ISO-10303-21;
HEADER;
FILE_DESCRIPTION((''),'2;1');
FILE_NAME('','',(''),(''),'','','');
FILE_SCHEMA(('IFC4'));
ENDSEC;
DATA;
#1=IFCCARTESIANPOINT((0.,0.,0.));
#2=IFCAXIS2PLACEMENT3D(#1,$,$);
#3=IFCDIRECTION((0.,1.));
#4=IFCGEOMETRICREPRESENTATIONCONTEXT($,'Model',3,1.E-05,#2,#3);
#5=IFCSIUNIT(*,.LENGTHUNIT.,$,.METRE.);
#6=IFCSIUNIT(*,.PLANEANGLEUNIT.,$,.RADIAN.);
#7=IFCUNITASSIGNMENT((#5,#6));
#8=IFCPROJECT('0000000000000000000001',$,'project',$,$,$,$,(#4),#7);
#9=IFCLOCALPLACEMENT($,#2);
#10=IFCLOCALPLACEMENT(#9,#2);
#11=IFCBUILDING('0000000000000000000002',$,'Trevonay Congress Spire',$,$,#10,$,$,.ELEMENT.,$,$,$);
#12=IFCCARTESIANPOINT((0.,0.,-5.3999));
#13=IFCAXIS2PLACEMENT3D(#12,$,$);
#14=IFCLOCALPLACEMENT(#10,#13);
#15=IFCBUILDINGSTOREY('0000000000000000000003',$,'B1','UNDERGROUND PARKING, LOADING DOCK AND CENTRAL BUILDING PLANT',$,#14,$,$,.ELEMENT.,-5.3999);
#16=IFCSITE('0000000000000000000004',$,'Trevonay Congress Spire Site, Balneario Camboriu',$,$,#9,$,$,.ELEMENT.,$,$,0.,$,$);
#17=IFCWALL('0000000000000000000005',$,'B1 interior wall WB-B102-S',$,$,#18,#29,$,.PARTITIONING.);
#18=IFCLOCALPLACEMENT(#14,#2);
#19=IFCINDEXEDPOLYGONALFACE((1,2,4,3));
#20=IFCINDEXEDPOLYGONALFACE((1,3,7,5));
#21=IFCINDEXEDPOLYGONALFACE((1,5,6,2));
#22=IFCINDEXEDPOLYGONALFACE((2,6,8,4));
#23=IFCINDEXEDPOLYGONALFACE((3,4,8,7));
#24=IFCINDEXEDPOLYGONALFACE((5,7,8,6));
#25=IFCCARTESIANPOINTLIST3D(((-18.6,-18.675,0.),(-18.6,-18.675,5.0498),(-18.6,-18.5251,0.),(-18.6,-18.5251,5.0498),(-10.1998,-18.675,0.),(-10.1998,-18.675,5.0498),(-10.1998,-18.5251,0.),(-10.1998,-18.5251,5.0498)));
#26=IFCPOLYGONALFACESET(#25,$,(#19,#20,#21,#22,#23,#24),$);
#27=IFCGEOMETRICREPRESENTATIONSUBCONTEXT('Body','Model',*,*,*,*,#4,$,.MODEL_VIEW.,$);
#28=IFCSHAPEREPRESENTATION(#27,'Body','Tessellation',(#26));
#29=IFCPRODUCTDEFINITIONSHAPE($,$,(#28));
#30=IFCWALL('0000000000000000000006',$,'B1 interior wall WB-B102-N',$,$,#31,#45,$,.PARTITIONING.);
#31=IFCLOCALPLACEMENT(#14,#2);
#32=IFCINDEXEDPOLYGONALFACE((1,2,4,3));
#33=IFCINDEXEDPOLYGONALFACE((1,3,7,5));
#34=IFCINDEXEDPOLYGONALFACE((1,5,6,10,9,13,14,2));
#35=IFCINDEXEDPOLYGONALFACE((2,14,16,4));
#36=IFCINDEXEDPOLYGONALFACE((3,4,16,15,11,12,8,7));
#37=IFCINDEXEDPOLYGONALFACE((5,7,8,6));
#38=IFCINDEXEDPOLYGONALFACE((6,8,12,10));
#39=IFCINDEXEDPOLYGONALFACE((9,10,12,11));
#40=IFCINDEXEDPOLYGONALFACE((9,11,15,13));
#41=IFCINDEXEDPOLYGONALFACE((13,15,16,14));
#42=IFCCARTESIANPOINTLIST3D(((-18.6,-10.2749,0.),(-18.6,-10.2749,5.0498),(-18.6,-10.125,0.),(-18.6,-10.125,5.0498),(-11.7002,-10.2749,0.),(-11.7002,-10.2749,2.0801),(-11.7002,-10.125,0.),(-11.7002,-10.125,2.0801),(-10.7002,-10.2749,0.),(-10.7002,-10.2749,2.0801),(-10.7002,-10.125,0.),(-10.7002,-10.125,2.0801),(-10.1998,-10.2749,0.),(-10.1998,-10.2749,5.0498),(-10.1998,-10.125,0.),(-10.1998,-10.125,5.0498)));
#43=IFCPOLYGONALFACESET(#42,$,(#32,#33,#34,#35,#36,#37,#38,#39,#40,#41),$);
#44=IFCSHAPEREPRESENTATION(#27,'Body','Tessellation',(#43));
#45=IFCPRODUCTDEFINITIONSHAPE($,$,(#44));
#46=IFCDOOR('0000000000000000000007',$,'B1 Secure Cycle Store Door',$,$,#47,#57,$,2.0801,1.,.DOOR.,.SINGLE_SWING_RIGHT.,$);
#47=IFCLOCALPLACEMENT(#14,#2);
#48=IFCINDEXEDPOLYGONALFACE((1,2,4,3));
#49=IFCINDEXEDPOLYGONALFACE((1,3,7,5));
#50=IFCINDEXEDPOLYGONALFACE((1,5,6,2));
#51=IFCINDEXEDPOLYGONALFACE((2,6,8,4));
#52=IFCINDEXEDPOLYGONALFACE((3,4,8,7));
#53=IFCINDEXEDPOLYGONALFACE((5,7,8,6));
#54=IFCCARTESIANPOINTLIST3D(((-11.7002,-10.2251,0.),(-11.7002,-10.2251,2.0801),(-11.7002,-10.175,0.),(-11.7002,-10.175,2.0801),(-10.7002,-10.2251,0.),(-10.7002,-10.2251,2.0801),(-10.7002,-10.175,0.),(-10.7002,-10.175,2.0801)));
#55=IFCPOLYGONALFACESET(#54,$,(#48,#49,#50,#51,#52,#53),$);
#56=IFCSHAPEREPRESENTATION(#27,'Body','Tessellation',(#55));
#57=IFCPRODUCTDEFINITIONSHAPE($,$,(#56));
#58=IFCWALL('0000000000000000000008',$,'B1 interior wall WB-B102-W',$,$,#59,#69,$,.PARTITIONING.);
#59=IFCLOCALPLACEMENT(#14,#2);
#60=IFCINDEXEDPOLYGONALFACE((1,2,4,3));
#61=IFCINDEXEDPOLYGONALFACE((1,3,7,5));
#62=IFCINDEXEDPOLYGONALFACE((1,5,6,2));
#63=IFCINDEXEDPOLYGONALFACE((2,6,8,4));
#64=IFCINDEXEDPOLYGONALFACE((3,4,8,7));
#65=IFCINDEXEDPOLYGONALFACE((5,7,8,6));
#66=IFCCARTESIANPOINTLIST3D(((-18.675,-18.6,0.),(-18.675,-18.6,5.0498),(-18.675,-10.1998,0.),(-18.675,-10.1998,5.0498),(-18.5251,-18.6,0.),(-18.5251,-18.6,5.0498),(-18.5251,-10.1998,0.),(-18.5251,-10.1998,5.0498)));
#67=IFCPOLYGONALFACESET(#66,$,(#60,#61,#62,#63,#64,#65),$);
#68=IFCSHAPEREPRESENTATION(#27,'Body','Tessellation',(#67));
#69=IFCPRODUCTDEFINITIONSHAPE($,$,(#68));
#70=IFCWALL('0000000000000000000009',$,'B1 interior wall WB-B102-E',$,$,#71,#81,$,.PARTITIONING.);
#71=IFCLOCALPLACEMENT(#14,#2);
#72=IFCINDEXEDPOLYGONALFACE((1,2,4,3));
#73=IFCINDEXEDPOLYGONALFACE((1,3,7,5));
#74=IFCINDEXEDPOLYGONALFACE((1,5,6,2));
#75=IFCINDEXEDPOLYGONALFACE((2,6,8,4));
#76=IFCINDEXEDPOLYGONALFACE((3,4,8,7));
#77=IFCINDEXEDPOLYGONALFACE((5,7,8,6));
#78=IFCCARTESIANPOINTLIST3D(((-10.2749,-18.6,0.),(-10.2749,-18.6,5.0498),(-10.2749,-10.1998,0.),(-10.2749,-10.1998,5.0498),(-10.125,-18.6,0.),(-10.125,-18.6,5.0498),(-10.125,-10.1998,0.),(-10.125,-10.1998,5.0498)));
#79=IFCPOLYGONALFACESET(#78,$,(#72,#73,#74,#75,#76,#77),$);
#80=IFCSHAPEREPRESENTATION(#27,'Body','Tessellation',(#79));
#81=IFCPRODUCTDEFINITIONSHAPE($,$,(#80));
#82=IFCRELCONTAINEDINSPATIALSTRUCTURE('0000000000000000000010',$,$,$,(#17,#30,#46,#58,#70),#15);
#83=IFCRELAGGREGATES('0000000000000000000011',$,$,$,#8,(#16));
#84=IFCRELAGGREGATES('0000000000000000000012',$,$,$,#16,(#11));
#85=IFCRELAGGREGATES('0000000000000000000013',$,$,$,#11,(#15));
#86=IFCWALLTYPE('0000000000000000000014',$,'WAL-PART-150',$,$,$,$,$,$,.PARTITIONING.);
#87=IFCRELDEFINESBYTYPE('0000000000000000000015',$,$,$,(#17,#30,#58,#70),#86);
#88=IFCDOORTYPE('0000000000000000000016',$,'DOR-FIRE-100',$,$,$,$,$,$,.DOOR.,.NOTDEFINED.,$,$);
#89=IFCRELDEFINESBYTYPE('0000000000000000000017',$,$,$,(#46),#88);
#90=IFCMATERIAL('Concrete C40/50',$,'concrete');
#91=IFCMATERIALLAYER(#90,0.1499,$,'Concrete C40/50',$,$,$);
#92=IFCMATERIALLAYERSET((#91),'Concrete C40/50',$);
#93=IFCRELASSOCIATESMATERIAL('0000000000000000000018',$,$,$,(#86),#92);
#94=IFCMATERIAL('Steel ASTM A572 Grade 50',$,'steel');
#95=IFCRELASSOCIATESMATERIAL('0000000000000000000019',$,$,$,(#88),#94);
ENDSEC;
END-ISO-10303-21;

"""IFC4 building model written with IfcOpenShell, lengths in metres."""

from ifc_helpers import new_model, si_unit, direction, frame, frame_2d, origin, place, context, subcontext, project, spatial, rectangle, extrude, material, layer, layer_set, type_object, element, fill, save


model = new_model("IFC4")

# Units and contexts
model_context = context("Model", 3, precision=1e-05, world=origin(), true_north=direction((0.0, 1.0)))
body_context = subcontext(model_context, "Body", "Model", "MODEL_VIEW")
ifc_project = project(units=[si_unit("LENGTHUNIT", "METRE"), si_unit("PLANEANGLEUNIT", "RADIAN")], contexts=[model_context])

# Site, building, storey
site_placement = place(None, origin())
site = spatial("IfcSite", under=ifc_project, at=site_placement, Name="Trevonay Congress Spire Site, Balneario Camboriu", CompositionType="ELEMENT", RefElevation=0.0)
building_placement = place(site_placement, origin())
building = spatial("IfcBuilding", under=site, at=building_placement, Name="Trevonay Congress Spire", CompositionType="ELEMENT")
storey_placement = place(building_placement, frame((0.0, 0.0, -5.3999)))
storey = spatial("IfcBuildingStorey", under=building, at=storey_placement, Name="B1", Description="UNDERGROUND PARKING, LOADING DOCK AND CENTRAL BUILDING PLANT", CompositionType="ELEMENT", Elevation=-5.3999)

# Shared definitions
ifc_material_1 = material(Name="Steel ASTM A572 Grade 50", Category="steel")

# Wall
ifc_material_2 = material(Name="Concrete C40/50", Category="concrete")
ifc_layer = layer(ifc_material_2, 0.1499, Name="Concrete C40/50")
ifc_layer_set = layer_set([ifc_layer], Name="Concrete C40/50")
wall_type = type_object("IfcWallType", Name="WAL-PART-150", PredefinedType="PARTITIONING", material=ifc_layer_set)
wall_1_placement = place(storey_placement, frame((-18.6001, -18.6001, 0.0), z_axis=(0.0, 0.0, 1.0), x_axis=(1.0, 0.0, 0.0)))
element("IfcWall", 1, at=wall_1_placement, inside=storey, type_object=wall_type, Name="B1 interior wall WB-B102-S", PredefinedType="PARTITIONING", context=body_context, shape_type="SweptSolid", body=[
    extrude(rectangle(XDim=8.4001, YDim=0.1499, at=frame_2d((4.2002, 0.0))), origin(), (0.0, 0.0, 1.0), 5.0498),
])

# Wall, opening, door
wall_2_placement = place(storey_placement, frame((-18.6001, -10.2, 0.0), z_axis=(0.0, 0.0, 1.0), x_axis=(1.0, 0.0, 0.0)))
wall_2 = element("IfcWall", 2, at=wall_2_placement, inside=storey, type_object=wall_type, Name="B1 interior wall WB-B102-N", PredefinedType="PARTITIONING", context=body_context, shape_type="SweptSolid", body=[
    extrude(rectangle(XDim=8.4001, YDim=0.1499, at=frame_2d((4.2002, 0.0))), origin(), (0.0, 0.0, 1.0), 5.0498),
])
opening_placement = place(wall_2_placement, frame((6.8999, 0.0, 0.0)))
opening = element("IfcOpeningElement", 3, at=opening_placement, cuts=wall_2, PredefinedType="OPENING", context=body_context, shape_type="SweptSolid", body=[
    extrude(rectangle(XDim=1.0, YDim=2.0801, at=frame_2d((0.5, 1.04))), frame((0.0, 0.085, 0.0), z_axis=(0.0, -1.0, 0.0), x_axis=(1.0, 0.0, 0.0)), (0.0, 0.0, 1.0), 0.1699),
])
door_type = type_object("IfcDoorType", Name="DOR-FIRE-100", OperationType="NOTDEFINED", PredefinedType="DOOR", material=ifc_material_1)
door_placement = place(opening_placement, origin())
door = element("IfcDoor", 4, at=door_placement, inside=storey, type_object=door_type, Name="B1 Secure Cycle Store Door", OperationType="SINGLE_SWING_RIGHT", OverallHeight=2.0801, OverallWidth=1.0, PredefinedType="DOOR", context=body_context, shape_type="SweptSolid", body=[
    extrude(rectangle(XDim=1.0, YDim=2.0801, at=frame_2d((0.5, 1.04))), frame((0.0, 0.0249, 0.0), z_axis=(0.0, -1.0, 0.0), x_axis=(1.0, 0.0, 0.0)), (0.0, 0.0, 1.0), 0.05),
])
fill(opening, door)

# Walls
for number, where, z_axis, x_axis, name in (
    (5, (-18.6001, -18.6001, 0.0), (0.0, 0.0, 1.0), (0.0, 1.0, 0.0), "B1 interior wall WB-B102-W"),
    (6, (-10.2, -18.6001, 0.0), (0.0, 0.0, 1.0), (0.0, 1.0, 0.0), "B1 interior wall WB-B102-E"),
):
    element("IfcWall", number, at=place(storey_placement, frame(where, z_axis=z_axis, x_axis=x_axis)), inside=storey, type_object=wall_type, Name=name, PredefinedType="PARTITIONING", context=body_context, shape_type="SweptSolid", body=[
        extrude(rectangle(XDim=8.4001, YDim=0.1499, at=frame_2d((4.2002, 0.0))), origin(), (0.0, 0.0, 1.0), 5.0498),
    ])

save(model, "model.ifc")
